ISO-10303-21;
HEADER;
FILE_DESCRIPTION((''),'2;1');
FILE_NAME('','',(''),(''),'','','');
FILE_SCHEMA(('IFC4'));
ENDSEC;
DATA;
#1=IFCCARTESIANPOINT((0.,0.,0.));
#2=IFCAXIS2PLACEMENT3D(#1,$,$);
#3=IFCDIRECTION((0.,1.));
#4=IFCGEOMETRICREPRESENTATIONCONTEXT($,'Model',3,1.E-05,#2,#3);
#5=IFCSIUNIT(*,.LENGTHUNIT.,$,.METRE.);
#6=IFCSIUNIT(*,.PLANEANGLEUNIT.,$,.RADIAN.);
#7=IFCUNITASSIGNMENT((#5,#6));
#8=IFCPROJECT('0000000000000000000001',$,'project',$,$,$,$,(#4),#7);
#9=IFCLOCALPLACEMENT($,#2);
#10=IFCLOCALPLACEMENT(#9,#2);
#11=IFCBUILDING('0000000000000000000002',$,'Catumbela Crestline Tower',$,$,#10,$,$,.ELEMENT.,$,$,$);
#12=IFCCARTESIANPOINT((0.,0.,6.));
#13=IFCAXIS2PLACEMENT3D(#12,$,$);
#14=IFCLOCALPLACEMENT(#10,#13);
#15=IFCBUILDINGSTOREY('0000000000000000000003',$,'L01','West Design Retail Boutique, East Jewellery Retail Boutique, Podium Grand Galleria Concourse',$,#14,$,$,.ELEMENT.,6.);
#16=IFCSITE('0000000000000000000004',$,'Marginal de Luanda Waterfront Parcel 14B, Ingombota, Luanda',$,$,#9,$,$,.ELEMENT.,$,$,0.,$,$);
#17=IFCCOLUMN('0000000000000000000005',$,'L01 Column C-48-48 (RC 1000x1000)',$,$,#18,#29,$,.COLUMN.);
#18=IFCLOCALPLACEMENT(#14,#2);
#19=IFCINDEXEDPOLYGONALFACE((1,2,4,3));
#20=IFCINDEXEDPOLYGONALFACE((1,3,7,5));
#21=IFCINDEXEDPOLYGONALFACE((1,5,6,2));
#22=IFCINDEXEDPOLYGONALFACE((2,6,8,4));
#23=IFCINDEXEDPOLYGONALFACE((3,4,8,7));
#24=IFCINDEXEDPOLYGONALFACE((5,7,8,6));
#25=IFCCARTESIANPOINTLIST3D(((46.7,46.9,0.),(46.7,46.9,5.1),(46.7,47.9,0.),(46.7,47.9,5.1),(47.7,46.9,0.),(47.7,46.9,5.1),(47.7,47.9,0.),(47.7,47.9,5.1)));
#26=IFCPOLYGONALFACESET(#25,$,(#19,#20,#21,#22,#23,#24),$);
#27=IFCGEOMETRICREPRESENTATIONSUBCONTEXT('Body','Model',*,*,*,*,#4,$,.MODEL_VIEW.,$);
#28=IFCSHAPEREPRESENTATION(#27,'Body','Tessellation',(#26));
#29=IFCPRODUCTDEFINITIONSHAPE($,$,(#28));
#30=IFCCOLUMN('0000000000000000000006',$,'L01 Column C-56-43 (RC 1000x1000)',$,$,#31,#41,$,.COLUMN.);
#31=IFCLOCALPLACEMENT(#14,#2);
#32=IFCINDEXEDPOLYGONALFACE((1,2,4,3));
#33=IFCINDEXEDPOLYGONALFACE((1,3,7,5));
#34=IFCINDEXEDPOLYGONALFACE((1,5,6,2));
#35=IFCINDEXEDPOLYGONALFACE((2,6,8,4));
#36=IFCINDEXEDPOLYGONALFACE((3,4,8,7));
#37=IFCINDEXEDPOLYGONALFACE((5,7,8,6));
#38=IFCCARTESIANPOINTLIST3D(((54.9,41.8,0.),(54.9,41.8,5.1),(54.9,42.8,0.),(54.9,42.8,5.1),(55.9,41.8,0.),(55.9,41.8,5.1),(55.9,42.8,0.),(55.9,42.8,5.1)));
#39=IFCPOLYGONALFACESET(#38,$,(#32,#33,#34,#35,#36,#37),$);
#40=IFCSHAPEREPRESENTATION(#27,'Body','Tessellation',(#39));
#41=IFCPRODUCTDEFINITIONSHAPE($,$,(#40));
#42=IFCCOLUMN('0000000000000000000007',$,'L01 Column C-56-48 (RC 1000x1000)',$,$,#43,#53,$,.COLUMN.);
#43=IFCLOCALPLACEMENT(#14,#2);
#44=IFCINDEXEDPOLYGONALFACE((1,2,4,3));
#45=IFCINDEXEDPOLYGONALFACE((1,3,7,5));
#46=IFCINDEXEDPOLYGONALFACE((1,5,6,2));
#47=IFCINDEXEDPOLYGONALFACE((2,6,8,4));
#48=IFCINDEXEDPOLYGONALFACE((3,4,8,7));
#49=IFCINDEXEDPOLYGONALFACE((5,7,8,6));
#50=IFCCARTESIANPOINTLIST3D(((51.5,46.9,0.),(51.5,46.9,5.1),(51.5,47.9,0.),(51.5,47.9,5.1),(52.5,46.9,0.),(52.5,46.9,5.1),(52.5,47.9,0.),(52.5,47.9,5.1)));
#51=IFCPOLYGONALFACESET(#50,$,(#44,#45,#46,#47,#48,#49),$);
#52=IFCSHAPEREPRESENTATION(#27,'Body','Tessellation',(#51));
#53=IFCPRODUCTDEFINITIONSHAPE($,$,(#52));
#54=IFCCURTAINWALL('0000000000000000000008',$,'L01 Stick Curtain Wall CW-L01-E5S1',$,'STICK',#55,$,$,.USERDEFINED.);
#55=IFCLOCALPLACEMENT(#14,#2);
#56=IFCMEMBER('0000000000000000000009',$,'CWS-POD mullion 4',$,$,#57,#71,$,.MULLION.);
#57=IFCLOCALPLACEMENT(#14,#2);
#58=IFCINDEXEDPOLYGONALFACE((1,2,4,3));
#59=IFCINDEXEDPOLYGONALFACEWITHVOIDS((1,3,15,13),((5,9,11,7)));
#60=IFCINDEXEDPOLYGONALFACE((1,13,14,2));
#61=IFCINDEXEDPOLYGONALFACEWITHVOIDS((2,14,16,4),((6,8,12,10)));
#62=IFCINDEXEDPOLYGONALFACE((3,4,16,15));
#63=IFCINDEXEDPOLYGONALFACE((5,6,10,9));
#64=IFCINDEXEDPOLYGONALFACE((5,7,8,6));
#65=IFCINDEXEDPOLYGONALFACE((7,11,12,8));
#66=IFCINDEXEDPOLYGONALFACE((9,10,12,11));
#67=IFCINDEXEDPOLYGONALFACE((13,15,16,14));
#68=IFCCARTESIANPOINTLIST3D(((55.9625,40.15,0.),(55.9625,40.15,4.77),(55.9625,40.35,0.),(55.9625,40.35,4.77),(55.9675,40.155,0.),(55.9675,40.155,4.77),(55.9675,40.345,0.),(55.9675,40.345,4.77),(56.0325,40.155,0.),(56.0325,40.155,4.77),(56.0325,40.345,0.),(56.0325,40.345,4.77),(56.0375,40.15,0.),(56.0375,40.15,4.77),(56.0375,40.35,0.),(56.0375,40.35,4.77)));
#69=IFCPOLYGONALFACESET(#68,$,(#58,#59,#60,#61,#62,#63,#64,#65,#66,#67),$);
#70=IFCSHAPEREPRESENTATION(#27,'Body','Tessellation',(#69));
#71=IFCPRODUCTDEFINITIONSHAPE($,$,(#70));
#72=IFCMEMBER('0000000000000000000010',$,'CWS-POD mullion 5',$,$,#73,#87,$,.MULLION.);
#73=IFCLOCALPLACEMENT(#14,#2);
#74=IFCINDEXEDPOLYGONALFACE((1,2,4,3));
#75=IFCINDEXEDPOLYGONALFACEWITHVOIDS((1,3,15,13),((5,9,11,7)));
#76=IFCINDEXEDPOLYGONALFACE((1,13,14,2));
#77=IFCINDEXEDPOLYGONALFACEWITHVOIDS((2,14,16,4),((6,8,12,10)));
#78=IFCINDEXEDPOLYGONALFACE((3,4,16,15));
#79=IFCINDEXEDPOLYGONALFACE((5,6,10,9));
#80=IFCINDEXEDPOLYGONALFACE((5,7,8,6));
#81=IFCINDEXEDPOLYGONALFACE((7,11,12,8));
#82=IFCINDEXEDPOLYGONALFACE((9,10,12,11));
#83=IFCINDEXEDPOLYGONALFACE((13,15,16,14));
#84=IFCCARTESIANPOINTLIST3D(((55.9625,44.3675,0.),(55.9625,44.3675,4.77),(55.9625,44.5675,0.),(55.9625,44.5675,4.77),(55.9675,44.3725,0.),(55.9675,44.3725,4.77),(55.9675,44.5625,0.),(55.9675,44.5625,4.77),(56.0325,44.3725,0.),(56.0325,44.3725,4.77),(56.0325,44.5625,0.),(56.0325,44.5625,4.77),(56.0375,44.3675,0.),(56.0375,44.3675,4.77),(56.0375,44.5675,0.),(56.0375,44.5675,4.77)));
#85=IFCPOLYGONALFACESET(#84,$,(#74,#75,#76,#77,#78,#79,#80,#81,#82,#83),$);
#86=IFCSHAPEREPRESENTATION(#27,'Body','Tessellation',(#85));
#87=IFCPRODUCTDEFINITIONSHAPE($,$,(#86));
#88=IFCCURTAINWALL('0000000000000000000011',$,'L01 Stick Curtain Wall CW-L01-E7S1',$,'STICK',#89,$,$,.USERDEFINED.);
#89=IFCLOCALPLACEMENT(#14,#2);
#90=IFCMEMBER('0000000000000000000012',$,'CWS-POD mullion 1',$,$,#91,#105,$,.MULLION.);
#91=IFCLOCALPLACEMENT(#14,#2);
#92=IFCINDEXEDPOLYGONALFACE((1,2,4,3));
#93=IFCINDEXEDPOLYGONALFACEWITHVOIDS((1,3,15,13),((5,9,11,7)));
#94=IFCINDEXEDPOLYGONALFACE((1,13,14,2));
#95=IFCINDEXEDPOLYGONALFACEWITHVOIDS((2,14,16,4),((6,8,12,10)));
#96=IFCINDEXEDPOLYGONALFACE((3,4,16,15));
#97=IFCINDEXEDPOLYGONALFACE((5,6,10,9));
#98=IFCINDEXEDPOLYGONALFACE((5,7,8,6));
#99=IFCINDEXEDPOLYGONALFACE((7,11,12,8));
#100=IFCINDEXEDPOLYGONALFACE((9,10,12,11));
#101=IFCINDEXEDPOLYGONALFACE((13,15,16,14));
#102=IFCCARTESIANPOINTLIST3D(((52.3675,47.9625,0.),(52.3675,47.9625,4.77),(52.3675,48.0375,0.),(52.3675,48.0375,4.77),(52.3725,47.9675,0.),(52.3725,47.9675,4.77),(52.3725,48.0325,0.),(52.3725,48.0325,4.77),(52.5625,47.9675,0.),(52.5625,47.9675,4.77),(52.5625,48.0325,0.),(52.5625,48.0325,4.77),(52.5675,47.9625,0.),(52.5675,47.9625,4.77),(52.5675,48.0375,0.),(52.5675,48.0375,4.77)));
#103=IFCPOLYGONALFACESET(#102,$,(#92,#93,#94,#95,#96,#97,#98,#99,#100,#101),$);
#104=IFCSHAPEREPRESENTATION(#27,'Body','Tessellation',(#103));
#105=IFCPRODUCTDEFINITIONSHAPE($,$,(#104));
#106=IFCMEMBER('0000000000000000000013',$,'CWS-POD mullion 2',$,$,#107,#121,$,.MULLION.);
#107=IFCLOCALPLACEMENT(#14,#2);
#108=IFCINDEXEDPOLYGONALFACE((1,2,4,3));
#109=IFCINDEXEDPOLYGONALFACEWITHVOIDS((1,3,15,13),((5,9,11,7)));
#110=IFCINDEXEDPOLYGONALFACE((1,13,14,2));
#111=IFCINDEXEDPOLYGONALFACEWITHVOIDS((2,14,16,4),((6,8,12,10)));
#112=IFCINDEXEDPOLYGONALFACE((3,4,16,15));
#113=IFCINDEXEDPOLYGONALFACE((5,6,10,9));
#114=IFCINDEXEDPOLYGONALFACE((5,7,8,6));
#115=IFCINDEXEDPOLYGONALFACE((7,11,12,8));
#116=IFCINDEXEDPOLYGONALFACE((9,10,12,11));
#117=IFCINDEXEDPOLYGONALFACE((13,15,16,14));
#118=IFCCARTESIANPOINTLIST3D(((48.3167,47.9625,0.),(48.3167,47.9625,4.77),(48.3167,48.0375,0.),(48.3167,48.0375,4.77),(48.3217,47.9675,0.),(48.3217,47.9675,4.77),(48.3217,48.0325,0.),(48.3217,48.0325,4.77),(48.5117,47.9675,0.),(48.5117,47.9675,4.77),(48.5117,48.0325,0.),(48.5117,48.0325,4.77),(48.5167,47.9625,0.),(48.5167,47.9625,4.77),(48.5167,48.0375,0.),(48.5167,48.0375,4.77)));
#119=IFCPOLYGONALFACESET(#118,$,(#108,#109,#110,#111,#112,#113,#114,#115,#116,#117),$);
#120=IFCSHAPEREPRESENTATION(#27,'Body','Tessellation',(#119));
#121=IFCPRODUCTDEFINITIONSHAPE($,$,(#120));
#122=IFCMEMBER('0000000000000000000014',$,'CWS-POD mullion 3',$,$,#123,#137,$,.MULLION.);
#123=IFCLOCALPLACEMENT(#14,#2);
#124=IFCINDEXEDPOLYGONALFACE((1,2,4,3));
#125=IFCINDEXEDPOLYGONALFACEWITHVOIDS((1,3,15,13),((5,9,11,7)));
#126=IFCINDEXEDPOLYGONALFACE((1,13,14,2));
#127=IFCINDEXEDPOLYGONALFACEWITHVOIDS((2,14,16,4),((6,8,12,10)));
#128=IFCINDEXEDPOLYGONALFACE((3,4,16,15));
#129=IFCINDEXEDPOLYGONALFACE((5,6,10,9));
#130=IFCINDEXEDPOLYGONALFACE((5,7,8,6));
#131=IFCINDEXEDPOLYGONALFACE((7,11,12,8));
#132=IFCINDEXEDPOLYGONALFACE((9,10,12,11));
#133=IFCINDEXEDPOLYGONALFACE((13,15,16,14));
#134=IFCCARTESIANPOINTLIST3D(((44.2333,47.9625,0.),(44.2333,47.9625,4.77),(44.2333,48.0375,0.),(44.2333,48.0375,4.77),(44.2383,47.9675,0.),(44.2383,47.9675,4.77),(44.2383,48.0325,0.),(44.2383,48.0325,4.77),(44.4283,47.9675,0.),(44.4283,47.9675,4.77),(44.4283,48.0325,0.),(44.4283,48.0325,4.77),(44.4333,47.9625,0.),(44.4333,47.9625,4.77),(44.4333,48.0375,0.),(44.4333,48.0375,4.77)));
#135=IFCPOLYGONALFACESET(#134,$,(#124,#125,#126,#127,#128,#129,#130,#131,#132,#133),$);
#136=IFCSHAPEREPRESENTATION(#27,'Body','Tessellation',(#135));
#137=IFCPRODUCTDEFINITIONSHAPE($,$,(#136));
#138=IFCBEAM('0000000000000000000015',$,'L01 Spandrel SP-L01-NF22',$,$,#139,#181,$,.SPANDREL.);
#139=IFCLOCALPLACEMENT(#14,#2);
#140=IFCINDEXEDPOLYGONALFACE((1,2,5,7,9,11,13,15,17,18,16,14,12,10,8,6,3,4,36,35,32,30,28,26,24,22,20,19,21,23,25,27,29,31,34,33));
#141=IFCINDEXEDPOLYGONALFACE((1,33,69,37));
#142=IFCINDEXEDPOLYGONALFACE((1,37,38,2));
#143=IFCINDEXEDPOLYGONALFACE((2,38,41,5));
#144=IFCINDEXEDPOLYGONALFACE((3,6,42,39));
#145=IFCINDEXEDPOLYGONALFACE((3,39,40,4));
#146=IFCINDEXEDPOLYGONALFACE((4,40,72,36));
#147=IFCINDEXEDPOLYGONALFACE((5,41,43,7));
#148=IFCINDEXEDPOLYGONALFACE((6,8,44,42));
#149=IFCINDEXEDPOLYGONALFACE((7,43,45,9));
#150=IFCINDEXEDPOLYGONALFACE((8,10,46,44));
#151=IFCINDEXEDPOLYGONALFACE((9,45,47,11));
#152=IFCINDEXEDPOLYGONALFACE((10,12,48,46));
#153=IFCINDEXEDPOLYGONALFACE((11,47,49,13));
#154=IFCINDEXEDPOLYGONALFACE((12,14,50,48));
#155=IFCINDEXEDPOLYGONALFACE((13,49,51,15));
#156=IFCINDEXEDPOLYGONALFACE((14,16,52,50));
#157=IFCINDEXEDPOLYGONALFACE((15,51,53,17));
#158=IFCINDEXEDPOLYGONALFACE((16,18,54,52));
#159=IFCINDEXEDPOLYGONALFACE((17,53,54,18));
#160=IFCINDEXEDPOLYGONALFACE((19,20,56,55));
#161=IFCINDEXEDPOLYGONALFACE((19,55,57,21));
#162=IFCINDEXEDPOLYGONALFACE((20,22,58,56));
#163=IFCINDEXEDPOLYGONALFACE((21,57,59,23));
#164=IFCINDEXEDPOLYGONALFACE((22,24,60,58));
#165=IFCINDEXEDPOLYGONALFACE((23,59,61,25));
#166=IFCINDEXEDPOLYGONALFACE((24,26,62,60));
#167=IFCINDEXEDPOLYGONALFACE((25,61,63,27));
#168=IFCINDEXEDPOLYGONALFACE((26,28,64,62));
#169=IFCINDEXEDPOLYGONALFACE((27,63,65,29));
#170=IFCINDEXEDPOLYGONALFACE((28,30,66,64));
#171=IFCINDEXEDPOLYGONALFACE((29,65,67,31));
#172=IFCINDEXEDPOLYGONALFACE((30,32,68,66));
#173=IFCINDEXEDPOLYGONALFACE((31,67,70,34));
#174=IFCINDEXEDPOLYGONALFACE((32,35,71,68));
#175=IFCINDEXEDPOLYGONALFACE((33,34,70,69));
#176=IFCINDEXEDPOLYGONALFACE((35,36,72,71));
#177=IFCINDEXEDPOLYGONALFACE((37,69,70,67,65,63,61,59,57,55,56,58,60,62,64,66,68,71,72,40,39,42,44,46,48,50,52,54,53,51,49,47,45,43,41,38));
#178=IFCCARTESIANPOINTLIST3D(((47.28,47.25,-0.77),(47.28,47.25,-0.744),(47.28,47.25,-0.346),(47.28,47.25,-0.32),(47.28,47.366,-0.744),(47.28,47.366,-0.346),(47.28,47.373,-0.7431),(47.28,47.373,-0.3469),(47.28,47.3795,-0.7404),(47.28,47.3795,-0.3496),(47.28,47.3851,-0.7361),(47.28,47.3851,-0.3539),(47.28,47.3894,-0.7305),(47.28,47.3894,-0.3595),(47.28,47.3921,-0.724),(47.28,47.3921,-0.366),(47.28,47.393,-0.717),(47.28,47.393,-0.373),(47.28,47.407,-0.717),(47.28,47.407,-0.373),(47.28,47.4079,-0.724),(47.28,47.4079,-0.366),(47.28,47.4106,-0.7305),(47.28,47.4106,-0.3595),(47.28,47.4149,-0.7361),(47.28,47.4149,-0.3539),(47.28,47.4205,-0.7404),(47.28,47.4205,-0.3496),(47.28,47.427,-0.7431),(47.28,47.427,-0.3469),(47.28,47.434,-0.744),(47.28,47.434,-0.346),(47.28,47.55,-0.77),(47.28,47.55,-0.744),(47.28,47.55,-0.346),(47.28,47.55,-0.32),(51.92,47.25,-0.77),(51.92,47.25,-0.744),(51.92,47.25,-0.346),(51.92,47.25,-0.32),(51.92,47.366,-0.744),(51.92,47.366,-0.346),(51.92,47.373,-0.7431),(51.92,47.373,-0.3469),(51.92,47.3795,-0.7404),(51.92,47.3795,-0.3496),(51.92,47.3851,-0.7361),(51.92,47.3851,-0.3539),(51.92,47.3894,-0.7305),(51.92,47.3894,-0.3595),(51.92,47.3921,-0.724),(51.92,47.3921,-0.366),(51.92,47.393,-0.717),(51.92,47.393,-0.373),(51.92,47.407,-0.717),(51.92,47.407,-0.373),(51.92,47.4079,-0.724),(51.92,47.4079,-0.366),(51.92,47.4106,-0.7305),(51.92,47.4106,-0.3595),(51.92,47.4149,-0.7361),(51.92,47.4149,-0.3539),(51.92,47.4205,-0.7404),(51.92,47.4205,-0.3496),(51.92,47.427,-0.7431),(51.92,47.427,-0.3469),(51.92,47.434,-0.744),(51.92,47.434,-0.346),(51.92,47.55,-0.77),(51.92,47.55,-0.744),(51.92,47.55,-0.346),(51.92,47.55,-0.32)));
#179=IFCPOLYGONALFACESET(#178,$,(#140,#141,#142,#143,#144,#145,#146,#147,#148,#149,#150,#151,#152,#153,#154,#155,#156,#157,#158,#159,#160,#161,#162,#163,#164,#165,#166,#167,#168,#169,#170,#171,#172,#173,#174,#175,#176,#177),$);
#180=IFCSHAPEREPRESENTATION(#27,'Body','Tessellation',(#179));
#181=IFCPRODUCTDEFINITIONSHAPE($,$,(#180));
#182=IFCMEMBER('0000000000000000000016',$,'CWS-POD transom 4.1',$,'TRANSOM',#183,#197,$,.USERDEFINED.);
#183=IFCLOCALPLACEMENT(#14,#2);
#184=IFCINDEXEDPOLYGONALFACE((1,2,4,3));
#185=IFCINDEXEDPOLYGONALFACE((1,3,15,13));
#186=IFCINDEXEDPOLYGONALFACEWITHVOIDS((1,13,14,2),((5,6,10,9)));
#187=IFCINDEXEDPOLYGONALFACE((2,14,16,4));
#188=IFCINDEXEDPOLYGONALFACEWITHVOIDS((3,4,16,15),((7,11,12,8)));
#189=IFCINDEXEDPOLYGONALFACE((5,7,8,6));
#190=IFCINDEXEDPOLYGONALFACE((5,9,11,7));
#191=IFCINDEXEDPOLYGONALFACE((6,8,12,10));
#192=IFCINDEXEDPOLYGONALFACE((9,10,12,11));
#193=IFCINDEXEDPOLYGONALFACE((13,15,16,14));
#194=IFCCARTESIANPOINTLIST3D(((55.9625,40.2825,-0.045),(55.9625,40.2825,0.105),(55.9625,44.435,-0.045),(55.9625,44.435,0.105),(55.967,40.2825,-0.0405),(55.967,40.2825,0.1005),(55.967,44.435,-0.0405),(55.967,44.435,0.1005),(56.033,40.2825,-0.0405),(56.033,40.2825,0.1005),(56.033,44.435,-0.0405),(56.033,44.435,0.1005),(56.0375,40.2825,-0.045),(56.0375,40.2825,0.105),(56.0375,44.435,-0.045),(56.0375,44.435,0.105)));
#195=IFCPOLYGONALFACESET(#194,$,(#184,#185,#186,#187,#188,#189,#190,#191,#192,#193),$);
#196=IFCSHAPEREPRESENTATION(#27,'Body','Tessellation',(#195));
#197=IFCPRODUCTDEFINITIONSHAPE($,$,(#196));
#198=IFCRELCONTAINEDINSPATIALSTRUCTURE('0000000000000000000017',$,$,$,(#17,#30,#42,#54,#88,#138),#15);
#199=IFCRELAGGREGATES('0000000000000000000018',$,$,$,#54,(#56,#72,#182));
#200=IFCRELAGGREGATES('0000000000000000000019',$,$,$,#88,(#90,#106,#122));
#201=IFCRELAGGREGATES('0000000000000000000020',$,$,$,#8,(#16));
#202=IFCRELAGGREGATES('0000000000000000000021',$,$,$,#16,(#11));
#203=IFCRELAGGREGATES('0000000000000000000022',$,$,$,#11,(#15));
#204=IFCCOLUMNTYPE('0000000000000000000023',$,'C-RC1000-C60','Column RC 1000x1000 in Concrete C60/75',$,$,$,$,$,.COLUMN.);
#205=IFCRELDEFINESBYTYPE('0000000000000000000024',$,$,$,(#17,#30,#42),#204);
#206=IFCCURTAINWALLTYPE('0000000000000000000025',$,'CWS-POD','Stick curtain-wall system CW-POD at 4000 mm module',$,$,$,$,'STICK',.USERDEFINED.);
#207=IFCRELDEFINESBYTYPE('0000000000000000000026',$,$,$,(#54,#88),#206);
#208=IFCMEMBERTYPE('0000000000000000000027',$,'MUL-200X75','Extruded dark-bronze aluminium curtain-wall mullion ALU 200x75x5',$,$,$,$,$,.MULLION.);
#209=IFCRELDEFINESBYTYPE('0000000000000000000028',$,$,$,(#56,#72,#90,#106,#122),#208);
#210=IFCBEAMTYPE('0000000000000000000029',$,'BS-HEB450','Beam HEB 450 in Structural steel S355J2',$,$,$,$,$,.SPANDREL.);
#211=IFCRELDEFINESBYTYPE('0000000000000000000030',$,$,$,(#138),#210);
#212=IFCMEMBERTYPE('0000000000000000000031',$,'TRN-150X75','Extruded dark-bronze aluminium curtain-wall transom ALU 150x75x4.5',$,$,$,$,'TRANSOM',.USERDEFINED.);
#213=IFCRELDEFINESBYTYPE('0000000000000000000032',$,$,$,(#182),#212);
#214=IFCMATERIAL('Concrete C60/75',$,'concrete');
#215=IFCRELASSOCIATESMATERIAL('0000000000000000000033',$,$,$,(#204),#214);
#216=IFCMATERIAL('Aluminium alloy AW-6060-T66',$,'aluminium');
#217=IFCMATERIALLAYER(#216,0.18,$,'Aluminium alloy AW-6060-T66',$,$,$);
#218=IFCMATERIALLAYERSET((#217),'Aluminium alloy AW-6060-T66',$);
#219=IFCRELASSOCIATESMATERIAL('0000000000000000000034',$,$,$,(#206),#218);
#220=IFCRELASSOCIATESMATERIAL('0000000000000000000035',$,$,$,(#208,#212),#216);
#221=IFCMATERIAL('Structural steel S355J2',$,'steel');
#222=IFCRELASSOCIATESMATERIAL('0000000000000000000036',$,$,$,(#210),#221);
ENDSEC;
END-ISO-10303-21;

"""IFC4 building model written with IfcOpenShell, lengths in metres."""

from ifc_helpers import new_model, si_unit, direction, frame, origin, origin_2d, place, context, subcontext, project, spatial, rectangle, hollow_rectangle, i_section, extrude, material, layer, layer_set, material_profile, profile_set, type_object, element, aggregate, save


model = new_model("IFC4")

# Units and contexts
model_context = context("Model", 3, precision=1e-05, world=origin(), true_north=direction((0.0, 1.0)))
body_context = subcontext(model_context, "Body", "Model", "MODEL_VIEW")
ifc_project = project(units=[si_unit("LENGTHUNIT", "METRE"), si_unit("PLANEANGLEUNIT", "RADIAN")], contexts=[model_context])

# Site, building, storey
site_placement = place(None, origin())
site = spatial("IfcSite", under=ifc_project, at=site_placement, Name="Marginal de Luanda Waterfront Parcel 14B, Ingombota, Luanda", CompositionType="ELEMENT", RefElevation=0.0)
building_placement = place(site_placement, origin())
building = spatial("IfcBuilding", under=site, at=building_placement, Name="Catumbela Crestline Tower", CompositionType="ELEMENT")
storey_placement = place(building_placement, frame((0.0, 0.0, 6.0)))
storey = spatial("IfcBuildingStorey", under=building, at=storey_placement, Name="L01", Description="West Design Retail Boutique, East Jewellery Retail Boutique, Podium Grand Galleria Concourse", CompositionType="ELEMENT", Elevation=6.0)

# Columns
ifc_material_1 = material(Name="Concrete C60/75", Category="concrete")
ifc_material_profile_1 = material_profile(ifc_material_1, rectangle(XDim=1.0, YDim=1.0, at=origin_2d()), Name="RC 1000x1000")
ifc_profile_set_1 = profile_set([ifc_material_profile_1], Name="Concrete C60/75")
column_type = type_object("IfcColumnType", Name="C-RC1000-C60", Description="Column RC 1000x1000 in Concrete C60/75", PredefinedType="COLUMN", material=ifc_profile_set_1)
for number, where, z_axis, x_axis, name in (
    (1, (47.2, 47.4, 0.0), (0.0, 0.0, 1.0), (1.0, 0.0, 0.0), "L01 Column C-48-48 (RC 1000x1000)"),
    (2, (55.4, 42.3, 0.0), (0.0, 0.0, 1.0), (1.0, 0.0, 0.0), "L01 Column C-56-43 (RC 1000x1000)"),
    (3, (52.0, 47.4, 0.0), (0.0, 0.0, 1.0), (1.0, 0.0, 0.0), "L01 Column C-56-48 (RC 1000x1000)"),
):
    element("IfcColumn", number, at=place(storey_placement, frame(where, z_axis=z_axis, x_axis=x_axis)), inside=storey, type_object=column_type, Name=name, PredefinedType="COLUMN", context=body_context, shape_type="SweptSolid", body=[
        extrude(rectangle(XDim=1.0, YDim=1.0, at=origin_2d()), origin(), (0.0, 0.0, 1.0), 5.1),
    ])

# Curtain walls, members
ifc_material_2 = material(Name="Aluminium alloy AW-6060-T66", Category="aluminium")
ifc_layer_1 = layer(ifc_material_2, 0.18, Name="Aluminium alloy AW-6060-T66")
ifc_layer_set_1 = layer_set([ifc_layer_1], Name="Aluminium alloy AW-6060-T66")
curtain_wall_type = type_object("IfcCurtainWallType", Name="CWS-POD", Description="Stick curtain-wall system CW-POD at 4000 mm module", ElementType="STICK", PredefinedType="USERDEFINED", material=ifc_layer_set_1)
curtain_wall_1_placement = place(storey_placement, origin())
curtain_wall_1 = element("IfcCurtainWall", 4, at=curtain_wall_1_placement, inside=storey, type_object=curtain_wall_type, Name="L01 Stick Curtain Wall CW-L01-E5S1", ObjectType="STICK", PredefinedType="USERDEFINED")
ifc_material_profile_2 = material_profile(ifc_material_2, hollow_rectangle(XDim=0.075, YDim=0.2, WallThickness=0.005, at=origin_2d()), Name="ALU 200x75x5")
ifc_profile_set_2 = profile_set([ifc_material_profile_2], Name="Aluminium alloy AW-6060-T66")
member_type_1 = type_object("IfcMemberType", Name="MUL-200X75", Description="Extruded dark-bronze aluminium curtain-wall mullion ALU 200x75x5", PredefinedType="MULLION", material=ifc_profile_set_2)
member_1_placement = place(storey_placement, frame((56.0, 40.25, 0.0), z_axis=(0.0, 0.0, 1.0), x_axis=(-1.0, 0.0, 0.0)))
member_1 = element("IfcMember", 5, at=member_1_placement, type_object=member_type_1, Name="CWS-POD mullion 4", PredefinedType="MULLION", context=body_context, shape_type="SweptSolid", body=[
    extrude(hollow_rectangle(XDim=0.075, YDim=0.2, WallThickness=0.005, at=origin_2d()), origin(), (0.0, 0.0, 1.0), 4.77),
])
member_2_placement = place(storey_placement, frame((56.0, 44.4675, 0.0), z_axis=(0.0, 0.0, 1.0), x_axis=(-1.0, 0.0, 0.0)))
member_2 = element("IfcMember", 6, at=member_2_placement, type_object=member_type_1, Name="CWS-POD mullion 5", PredefinedType="MULLION", context=body_context, shape_type="SweptSolid", body=[
    extrude(hollow_rectangle(XDim=0.075, YDim=0.2, WallThickness=0.005, at=origin_2d()), origin(), (0.0, 0.0, 1.0), 4.77),
])
curtain_wall_2_placement = place(storey_placement, origin())
curtain_wall_2 = element("IfcCurtainWall", 7, at=curtain_wall_2_placement, inside=storey, type_object=curtain_wall_type, Name="L01 Stick Curtain Wall CW-L01-E7S1", ObjectType="STICK", PredefinedType="USERDEFINED")
member_3_placement = place(storey_placement, frame((52.4675, 48.0, 0.0), z_axis=(0.0, 0.0, 1.0), x_axis=(0.0, -1.0, 0.0)))
member_3 = element("IfcMember", 8, at=member_3_placement, type_object=member_type_1, Name="CWS-POD mullion 1", PredefinedType="MULLION", context=body_context, shape_type="SweptSolid", body=[
    extrude(hollow_rectangle(XDim=0.075, YDim=0.2, WallThickness=0.005, at=origin_2d()), origin(), (0.0, 0.0, 1.0), 4.77),
])
member_4_placement = place(storey_placement, frame((48.4167, 48.0, 0.0), z_axis=(0.0, 0.0, 1.0), x_axis=(0.0, -1.0, 0.0)))
member_4 = element("IfcMember", 9, at=member_4_placement, type_object=member_type_1, Name="CWS-POD mullion 2", PredefinedType="MULLION", context=body_context, shape_type="SweptSolid", body=[
    extrude(hollow_rectangle(XDim=0.075, YDim=0.2, WallThickness=0.005, at=origin_2d()), origin(), (0.0, 0.0, 1.0), 4.77),
])
member_5_placement = place(storey_placement, frame((44.3333, 48.0, 0.0), z_axis=(0.0, 0.0, 1.0), x_axis=(0.0, -1.0, 0.0)))
member_5 = element("IfcMember", 10, at=member_5_placement, type_object=member_type_1, Name="CWS-POD mullion 3", PredefinedType="MULLION", context=body_context, shape_type="SweptSolid", body=[
    extrude(hollow_rectangle(XDim=0.075, YDim=0.2, WallThickness=0.005, at=origin_2d()), origin(), (0.0, 0.0, 1.0), 4.77),
])

# Beam
ifc_material_3 = material(Name="Structural steel S355J2", Category="steel")
ifc_material_profile_3 = material_profile(ifc_material_3, i_section(OverallWidth=0.3, OverallDepth=0.45, WebThickness=0.014, FlangeThickness=0.026, FilletRadius=0.027, at=origin_2d()), Name="HEB 450")
ifc_profile_set_3 = profile_set([ifc_material_profile_3], Name="Structural steel S355J2")
beam_type = type_object("IfcBeamType", Name="BS-HEB450", Description="Beam HEB 450 in Structural steel S355J2", PredefinedType="SPANDREL", material=ifc_profile_set_3)
beam_placement = place(storey_placement, frame((47.28, 47.4, -0.545), z_axis=(1.0, 0.0, 0.0), x_axis=(0.0, 1.0, 0.0)))
element("IfcBeam", 11, at=beam_placement, inside=storey, type_object=beam_type, Name="L01 Spandrel SP-L01-NF22", PredefinedType="SPANDREL", context=body_context, shape_type="SweptSolid", body=[
    extrude(i_section(OverallWidth=0.3, OverallDepth=0.45, WebThickness=0.014, FlangeThickness=0.026, FilletRadius=0.027, at=origin_2d()), origin(), (0.0, 0.0, 1.0), 4.64),
])

# Member
ifc_material_profile_4 = material_profile(ifc_material_2, hollow_rectangle(XDim=0.075, YDim=0.15, WallThickness=0.0045, at=origin_2d()), Name="ALU 150x75x4.5")
ifc_profile_set_4 = profile_set([ifc_material_profile_4], Name="Aluminium alloy AW-6060-T66")
member_type_2 = type_object("IfcMemberType", Name="TRN-150X75", Description="Extruded dark-bronze aluminium curtain-wall transom ALU 150x75x4.5", ElementType="TRANSOM", PredefinedType="USERDEFINED", material=ifc_profile_set_4)
member_6_placement = place(storey_placement, frame((56.0, 40.2825, 0.03), z_axis=(0.0, 1.0, 0.0), x_axis=(-1.0, 0.0, 0.0)))
member_6 = element("IfcMember", 12, at=member_6_placement, type_object=member_type_2, Name="CWS-POD transom 4.1", ObjectType="TRANSOM", PredefinedType="USERDEFINED", context=body_context, shape_type="SweptSolid", body=[
    extrude(hollow_rectangle(XDim=0.075, YDim=0.15, WallThickness=0.0045, at=origin_2d()), origin(), (0.0, 0.0, 1.0), 4.1525),
])

aggregate(curtain_wall_1, [member_1, member_2, member_6])
aggregate(curtain_wall_2, [member_3, member_4, member_5])

save(model, "model.ifc")
